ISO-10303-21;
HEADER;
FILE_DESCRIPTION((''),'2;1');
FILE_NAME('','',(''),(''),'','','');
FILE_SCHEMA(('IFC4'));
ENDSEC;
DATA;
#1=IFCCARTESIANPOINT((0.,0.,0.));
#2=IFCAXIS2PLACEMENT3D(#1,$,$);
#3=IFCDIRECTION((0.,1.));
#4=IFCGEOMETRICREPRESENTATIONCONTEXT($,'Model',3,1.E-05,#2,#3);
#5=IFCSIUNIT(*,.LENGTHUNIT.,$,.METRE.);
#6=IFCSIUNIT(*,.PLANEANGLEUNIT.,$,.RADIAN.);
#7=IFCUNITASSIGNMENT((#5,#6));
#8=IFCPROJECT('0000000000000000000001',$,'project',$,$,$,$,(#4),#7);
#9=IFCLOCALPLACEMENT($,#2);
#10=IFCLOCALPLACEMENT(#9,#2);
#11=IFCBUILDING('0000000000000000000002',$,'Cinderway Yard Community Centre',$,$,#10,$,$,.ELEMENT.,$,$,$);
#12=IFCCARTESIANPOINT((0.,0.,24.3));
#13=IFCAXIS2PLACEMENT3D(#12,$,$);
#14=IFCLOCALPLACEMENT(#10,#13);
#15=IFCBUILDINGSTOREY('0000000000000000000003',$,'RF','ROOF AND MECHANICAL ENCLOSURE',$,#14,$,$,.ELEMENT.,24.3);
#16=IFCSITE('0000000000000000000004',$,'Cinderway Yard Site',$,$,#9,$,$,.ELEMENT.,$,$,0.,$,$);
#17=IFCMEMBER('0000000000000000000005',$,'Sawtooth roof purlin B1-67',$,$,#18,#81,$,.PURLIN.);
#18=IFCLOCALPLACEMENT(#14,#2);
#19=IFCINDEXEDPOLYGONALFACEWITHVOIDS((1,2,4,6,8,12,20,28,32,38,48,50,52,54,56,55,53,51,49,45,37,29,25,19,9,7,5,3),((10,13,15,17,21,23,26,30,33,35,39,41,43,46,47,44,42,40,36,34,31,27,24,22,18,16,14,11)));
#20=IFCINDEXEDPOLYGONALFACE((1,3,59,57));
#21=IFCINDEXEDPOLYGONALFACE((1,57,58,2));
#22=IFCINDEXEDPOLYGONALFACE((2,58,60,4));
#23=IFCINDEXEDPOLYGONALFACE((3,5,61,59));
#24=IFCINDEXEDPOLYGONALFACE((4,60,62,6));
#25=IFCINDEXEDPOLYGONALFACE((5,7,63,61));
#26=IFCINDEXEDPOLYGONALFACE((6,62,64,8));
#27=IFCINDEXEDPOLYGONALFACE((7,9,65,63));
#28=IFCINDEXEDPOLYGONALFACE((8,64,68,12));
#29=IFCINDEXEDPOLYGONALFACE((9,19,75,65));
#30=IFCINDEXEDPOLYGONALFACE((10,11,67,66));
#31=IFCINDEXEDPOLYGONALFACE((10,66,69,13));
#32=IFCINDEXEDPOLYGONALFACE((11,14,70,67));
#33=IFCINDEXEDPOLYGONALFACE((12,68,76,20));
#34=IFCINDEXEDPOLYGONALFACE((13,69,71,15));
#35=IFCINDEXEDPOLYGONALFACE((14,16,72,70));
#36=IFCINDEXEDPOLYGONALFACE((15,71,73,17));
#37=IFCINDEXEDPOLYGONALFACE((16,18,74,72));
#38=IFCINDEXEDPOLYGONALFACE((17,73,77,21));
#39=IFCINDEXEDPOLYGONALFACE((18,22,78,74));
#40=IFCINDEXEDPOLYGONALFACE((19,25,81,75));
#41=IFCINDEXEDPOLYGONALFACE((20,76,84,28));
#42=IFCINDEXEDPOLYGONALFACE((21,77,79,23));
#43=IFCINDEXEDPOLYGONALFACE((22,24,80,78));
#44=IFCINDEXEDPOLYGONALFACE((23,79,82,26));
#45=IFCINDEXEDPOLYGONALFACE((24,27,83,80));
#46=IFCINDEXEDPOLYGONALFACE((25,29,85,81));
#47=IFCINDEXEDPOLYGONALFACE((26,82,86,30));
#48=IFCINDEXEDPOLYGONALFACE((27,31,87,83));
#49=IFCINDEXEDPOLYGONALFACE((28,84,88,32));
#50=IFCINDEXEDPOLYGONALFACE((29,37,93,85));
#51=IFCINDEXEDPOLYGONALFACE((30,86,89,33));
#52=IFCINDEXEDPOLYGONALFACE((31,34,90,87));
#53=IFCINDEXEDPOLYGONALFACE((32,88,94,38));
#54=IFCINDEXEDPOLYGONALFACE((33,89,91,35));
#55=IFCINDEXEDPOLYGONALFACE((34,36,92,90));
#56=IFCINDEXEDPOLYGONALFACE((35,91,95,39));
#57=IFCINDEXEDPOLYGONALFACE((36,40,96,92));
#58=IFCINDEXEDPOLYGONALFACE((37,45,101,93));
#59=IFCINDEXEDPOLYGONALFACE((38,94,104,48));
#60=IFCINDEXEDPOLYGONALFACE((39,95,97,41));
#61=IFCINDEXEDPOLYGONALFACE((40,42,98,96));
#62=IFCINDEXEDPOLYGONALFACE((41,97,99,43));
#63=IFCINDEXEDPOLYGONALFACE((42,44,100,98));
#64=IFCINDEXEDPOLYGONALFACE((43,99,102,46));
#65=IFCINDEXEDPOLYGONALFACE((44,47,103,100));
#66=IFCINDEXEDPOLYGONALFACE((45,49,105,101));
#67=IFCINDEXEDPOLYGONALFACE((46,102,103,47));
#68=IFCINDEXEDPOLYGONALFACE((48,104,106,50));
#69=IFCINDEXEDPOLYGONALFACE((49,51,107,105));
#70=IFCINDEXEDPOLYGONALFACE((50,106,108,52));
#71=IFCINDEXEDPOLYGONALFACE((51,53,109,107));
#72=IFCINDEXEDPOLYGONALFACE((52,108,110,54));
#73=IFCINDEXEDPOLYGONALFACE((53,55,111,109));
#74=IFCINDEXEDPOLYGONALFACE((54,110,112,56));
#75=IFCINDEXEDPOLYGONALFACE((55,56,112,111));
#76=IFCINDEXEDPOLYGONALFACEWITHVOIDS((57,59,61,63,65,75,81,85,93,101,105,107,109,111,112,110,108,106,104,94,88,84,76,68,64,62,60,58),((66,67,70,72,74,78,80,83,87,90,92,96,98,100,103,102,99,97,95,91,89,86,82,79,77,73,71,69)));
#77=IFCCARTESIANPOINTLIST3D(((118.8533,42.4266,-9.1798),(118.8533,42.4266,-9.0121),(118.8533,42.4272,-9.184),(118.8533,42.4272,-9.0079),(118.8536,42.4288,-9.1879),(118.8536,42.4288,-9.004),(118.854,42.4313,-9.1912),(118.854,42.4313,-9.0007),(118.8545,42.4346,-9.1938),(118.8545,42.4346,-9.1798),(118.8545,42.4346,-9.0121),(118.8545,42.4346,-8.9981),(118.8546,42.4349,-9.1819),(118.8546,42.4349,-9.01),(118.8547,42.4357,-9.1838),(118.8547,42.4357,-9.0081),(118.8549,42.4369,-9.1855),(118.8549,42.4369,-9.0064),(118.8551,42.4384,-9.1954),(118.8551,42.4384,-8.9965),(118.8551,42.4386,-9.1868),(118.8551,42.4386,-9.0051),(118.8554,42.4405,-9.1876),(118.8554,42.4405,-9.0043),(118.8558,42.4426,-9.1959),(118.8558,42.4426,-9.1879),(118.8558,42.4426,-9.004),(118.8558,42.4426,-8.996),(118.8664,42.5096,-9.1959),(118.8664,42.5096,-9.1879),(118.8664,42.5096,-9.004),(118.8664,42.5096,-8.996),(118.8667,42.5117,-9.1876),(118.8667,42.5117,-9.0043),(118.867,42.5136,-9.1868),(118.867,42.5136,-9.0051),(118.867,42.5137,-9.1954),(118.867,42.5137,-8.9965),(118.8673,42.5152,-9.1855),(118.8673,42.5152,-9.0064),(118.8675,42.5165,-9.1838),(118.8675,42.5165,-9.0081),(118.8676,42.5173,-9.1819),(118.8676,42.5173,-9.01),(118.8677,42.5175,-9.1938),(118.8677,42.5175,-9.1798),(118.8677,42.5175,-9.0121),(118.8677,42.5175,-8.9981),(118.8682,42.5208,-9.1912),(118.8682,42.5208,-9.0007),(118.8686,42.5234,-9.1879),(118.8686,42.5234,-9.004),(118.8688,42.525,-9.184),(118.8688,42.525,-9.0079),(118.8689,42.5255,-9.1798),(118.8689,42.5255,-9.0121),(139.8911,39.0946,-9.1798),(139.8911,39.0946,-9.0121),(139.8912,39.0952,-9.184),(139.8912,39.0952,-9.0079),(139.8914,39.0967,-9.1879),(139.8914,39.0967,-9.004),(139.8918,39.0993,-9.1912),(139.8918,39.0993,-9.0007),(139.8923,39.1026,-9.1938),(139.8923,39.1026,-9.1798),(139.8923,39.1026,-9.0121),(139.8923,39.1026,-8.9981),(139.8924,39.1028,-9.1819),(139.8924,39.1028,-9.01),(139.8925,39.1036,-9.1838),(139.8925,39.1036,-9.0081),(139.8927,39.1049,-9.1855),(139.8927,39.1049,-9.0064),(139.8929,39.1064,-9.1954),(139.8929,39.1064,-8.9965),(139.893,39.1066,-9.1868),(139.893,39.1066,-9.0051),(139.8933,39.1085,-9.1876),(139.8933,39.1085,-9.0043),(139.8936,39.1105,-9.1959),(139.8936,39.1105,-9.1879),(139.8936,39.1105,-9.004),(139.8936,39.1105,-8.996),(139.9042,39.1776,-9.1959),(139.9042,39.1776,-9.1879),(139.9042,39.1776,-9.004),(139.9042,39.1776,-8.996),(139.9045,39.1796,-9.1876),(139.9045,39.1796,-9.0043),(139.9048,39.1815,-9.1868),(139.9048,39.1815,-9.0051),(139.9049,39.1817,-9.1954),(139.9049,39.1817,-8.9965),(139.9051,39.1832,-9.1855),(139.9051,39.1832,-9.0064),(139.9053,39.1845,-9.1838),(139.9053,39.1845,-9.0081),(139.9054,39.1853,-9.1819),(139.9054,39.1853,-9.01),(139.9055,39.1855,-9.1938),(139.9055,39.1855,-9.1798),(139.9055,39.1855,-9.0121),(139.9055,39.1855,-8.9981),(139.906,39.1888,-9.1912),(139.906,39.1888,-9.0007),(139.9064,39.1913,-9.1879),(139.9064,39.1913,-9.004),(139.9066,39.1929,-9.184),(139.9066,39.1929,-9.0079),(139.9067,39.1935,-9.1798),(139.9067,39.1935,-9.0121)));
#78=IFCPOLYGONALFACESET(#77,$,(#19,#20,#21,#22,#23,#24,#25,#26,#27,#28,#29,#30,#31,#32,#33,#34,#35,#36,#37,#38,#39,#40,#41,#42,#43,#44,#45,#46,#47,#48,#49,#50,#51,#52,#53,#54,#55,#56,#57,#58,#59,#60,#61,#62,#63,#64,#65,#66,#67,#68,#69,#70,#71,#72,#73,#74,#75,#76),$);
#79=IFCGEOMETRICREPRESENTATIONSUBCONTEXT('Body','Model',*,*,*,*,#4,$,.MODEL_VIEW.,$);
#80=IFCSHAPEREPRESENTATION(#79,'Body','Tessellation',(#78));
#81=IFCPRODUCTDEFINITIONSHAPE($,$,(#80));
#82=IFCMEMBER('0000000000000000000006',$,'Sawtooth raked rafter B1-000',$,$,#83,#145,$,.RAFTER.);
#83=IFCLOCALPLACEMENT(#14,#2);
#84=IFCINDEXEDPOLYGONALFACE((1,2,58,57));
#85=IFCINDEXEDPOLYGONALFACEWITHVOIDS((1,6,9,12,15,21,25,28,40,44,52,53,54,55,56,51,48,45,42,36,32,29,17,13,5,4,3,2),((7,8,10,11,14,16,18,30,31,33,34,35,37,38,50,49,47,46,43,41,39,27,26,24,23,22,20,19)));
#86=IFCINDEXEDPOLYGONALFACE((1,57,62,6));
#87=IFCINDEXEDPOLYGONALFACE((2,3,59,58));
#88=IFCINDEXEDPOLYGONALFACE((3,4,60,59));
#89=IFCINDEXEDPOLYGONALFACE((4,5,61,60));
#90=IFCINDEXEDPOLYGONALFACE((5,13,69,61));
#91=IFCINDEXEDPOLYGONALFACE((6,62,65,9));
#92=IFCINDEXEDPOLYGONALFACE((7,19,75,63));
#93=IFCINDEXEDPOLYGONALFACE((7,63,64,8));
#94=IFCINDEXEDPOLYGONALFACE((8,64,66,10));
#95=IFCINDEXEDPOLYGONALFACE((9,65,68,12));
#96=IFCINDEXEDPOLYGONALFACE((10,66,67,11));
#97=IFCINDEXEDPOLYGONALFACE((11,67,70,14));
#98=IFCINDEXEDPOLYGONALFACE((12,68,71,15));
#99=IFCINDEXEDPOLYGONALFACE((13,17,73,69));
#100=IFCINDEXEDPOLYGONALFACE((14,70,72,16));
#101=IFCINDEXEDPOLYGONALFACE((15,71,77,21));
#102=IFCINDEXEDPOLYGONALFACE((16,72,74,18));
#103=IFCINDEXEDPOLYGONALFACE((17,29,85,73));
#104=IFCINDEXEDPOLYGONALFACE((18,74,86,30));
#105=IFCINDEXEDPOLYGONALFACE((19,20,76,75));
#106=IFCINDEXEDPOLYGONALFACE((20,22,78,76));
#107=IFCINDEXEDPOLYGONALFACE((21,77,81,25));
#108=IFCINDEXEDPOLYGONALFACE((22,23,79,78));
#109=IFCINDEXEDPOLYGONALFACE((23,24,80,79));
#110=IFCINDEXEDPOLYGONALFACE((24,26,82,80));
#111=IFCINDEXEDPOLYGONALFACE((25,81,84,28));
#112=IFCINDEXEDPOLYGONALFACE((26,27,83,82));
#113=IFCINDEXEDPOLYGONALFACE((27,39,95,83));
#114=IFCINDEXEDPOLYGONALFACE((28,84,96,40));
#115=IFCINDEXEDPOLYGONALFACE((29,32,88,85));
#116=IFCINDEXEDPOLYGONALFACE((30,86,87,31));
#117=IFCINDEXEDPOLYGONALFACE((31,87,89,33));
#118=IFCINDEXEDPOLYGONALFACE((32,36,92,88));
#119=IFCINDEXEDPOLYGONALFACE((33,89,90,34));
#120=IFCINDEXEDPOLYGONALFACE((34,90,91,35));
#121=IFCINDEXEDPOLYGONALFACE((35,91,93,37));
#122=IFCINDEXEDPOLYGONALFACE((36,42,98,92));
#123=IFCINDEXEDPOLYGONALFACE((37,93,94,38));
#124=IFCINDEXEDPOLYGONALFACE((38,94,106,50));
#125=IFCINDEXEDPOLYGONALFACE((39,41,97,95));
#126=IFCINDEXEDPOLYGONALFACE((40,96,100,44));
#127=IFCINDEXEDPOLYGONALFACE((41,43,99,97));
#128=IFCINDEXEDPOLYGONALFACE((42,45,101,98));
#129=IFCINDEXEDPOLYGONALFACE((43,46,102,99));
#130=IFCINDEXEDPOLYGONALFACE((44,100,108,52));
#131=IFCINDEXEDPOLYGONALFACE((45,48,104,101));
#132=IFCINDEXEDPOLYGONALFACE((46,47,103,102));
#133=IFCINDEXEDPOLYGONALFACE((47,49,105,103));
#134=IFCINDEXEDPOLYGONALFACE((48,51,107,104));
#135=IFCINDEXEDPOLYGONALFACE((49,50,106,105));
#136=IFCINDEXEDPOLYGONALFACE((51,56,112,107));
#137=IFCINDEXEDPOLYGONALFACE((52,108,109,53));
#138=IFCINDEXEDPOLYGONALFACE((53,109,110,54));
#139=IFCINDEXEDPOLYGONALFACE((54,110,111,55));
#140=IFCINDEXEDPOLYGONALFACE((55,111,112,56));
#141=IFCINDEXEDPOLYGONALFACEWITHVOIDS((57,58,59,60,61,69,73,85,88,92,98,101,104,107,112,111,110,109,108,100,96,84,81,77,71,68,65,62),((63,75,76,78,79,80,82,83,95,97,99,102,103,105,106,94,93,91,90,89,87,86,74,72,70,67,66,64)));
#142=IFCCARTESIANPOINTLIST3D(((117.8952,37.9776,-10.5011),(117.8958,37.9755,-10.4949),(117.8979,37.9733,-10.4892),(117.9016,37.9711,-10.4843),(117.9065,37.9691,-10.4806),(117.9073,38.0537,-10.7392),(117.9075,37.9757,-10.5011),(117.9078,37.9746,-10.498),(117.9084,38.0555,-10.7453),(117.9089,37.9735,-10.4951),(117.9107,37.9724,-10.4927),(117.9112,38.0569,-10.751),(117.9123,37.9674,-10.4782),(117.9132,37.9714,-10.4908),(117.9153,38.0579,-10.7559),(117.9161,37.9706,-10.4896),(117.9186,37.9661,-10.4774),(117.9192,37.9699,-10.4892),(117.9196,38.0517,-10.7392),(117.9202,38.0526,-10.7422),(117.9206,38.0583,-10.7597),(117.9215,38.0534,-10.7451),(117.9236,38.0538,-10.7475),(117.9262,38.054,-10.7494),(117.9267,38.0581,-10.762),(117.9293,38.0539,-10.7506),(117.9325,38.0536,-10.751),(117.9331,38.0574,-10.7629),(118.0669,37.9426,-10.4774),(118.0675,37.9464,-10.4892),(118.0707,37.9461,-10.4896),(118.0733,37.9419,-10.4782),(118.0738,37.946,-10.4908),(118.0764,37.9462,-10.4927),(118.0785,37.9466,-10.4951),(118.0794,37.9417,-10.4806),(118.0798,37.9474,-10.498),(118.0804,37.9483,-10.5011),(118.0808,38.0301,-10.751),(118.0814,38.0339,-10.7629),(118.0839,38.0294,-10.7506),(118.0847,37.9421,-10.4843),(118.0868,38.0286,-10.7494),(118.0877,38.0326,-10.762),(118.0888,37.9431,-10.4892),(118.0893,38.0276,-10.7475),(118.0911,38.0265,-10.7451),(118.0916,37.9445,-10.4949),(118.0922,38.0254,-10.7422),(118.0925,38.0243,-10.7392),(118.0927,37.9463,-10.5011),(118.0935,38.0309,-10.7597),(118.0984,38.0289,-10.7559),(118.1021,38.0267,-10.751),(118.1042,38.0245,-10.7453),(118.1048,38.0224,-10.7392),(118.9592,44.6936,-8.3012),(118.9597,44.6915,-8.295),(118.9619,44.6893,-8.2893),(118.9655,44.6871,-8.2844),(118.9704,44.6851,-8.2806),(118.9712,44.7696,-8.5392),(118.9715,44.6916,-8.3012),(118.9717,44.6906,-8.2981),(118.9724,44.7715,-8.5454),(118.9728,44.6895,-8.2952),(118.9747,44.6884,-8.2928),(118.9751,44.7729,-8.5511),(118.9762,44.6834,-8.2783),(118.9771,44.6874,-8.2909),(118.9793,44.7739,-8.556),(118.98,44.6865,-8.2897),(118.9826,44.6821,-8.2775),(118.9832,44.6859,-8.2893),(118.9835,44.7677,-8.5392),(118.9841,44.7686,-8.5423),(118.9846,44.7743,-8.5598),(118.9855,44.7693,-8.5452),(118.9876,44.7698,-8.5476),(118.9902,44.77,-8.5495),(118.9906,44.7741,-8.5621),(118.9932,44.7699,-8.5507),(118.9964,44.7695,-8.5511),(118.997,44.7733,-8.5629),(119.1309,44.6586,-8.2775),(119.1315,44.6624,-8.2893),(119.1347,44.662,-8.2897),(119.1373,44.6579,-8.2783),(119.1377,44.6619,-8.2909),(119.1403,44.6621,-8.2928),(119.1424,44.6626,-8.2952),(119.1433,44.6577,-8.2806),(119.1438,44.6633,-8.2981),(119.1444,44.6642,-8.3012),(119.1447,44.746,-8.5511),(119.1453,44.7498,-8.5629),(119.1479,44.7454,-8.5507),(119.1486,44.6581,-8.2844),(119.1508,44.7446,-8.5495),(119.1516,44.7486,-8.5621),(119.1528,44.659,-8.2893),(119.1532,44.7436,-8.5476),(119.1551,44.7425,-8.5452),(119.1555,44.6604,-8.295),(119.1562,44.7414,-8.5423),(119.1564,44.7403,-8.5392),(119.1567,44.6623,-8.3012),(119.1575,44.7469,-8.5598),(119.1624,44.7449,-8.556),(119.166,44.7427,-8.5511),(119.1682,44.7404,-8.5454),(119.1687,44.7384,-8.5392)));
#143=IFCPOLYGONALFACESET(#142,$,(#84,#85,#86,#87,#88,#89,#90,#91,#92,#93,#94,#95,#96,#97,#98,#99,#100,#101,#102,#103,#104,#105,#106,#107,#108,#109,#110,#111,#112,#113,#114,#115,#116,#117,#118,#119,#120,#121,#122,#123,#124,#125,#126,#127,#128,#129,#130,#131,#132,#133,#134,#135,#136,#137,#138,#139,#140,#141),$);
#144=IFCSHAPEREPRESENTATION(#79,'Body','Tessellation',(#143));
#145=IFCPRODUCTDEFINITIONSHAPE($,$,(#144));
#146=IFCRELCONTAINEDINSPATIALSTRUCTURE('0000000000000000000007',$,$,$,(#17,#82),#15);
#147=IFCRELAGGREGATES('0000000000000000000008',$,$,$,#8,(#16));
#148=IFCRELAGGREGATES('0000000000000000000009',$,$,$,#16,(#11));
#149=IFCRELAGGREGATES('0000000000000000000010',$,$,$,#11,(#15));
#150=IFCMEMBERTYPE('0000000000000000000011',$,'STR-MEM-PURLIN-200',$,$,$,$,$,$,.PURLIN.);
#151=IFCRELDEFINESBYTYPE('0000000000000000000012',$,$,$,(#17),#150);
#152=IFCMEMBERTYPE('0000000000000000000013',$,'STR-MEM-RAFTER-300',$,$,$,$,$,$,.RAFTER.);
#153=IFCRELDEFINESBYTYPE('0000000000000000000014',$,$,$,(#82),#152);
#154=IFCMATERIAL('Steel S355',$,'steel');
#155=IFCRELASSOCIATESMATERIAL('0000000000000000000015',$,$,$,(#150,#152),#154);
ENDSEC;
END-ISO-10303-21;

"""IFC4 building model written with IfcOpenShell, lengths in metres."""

from ifc_helpers import new_model, si_unit, direction, frame, origin, origin_2d, place, context, subcontext, project, spatial, hollow_rectangle, extrude, material, material_profile, profile_set, type_object, element, save


model = new_model("IFC4")

# Units and contexts
model_context = context("Model", 3, precision=1e-05, world=origin(), true_north=direction((0.0, 1.0)))
body_context = subcontext(model_context, "Body", "Model", "MODEL_VIEW")
ifc_project = project(units=[si_unit("LENGTHUNIT", "METRE"), si_unit("PLANEANGLEUNIT", "RADIAN")], contexts=[model_context])

# Site, building, storey
site_placement = place(None, origin())
site = spatial("IfcSite", under=ifc_project, at=site_placement, Name="Cinderway Yard Site", CompositionType="ELEMENT", RefElevation=0.0)
building_placement = place(site_placement, origin())
building = spatial("IfcBuilding", under=site, at=building_placement, Name="Cinderway Yard Community Centre", CompositionType="ELEMENT")
storey_placement = place(building_placement, frame((0.0, 0.0, 24.3)))
storey = spatial("IfcBuildingStorey", under=building, at=storey_placement, Name="RF", Description="ROOF AND MECHANICAL ENCLOSURE", CompositionType="ELEMENT", Elevation=24.3)

# Shared definitions
ifc_material_1 = material(Name="Steel S355", Category="steel")

# Members
ifc_material_profile_1 = material_profile(ifc_material_1, hollow_rectangle(XDim=0.1001, YDim=0.2, WallThickness=0.0081, InnerFilletRadius=0.0081, OuterFilletRadius=0.0161, at=origin_2d()), Name="Steel S355")
ifc_profile_set_1 = profile_set([ifc_material_profile_1], Name="Steel S355")
member_type_1 = type_object("IfcMemberType", Name="STR-MEM-PURLIN-200", PredefinedType="PURLIN", material=ifc_profile_set_1)
member_1_placement = place(storey_placement, frame((118.8611, 42.4761, -9.0959), z_axis=(0.987689, -0.156433, 0.0), x_axis=(0.156433, 0.987689, 0.0)))
element("IfcMember", 1, at=member_1_placement, inside=storey, type_object=member_type_1, Name="Sawtooth roof purlin B1-67", PredefinedType="PURLIN", context=body_context, shape_type="SweptSolid", body=[
    extrude(hollow_rectangle(XDim=0.1001, YDim=0.2, WallThickness=0.0081, InnerFilletRadius=0.0081, OuterFilletRadius=0.0161, at=origin_2d()), origin(), (0.0, 0.0, 1.0), 21.3),
])
ifc_material_profile_2 = material_profile(ifc_material_1, hollow_rectangle(XDim=0.2, YDim=0.3, WallThickness=0.0125, InnerFilletRadius=0.0125, OuterFilletRadius=0.0249, at=origin_2d()), Name="Steel S355")
ifc_profile_set_2 = profile_set([ifc_material_profile_2], Name="Steel S355")
member_type_2 = type_object("IfcMemberType", Name="STR-MEM-RAFTER-300", PredefinedType="RAFTER", material=ifc_profile_set_2)
member_2_placement = place(storey_placement, frame((118.0, 38.0, -10.6201), z_axis=(0.148872, 0.939725, 0.307822), x_axis=(-0.987683, 0.15647, 0.0)))
element("IfcMember", 2, at=member_2_placement, inside=storey, type_object=member_type_2, Name="Sawtooth raked rafter B1-000", PredefinedType="RAFTER", context=body_context, shape_type="SweptSolid", body=[
    extrude(hollow_rectangle(XDim=0.2, YDim=0.3, WallThickness=0.0125, InnerFilletRadius=0.0125, OuterFilletRadius=0.0249, at=origin_2d()), origin(), (0.0, 0.0, 1.0), 7.1467),
])

save(model, "model.ifc")
